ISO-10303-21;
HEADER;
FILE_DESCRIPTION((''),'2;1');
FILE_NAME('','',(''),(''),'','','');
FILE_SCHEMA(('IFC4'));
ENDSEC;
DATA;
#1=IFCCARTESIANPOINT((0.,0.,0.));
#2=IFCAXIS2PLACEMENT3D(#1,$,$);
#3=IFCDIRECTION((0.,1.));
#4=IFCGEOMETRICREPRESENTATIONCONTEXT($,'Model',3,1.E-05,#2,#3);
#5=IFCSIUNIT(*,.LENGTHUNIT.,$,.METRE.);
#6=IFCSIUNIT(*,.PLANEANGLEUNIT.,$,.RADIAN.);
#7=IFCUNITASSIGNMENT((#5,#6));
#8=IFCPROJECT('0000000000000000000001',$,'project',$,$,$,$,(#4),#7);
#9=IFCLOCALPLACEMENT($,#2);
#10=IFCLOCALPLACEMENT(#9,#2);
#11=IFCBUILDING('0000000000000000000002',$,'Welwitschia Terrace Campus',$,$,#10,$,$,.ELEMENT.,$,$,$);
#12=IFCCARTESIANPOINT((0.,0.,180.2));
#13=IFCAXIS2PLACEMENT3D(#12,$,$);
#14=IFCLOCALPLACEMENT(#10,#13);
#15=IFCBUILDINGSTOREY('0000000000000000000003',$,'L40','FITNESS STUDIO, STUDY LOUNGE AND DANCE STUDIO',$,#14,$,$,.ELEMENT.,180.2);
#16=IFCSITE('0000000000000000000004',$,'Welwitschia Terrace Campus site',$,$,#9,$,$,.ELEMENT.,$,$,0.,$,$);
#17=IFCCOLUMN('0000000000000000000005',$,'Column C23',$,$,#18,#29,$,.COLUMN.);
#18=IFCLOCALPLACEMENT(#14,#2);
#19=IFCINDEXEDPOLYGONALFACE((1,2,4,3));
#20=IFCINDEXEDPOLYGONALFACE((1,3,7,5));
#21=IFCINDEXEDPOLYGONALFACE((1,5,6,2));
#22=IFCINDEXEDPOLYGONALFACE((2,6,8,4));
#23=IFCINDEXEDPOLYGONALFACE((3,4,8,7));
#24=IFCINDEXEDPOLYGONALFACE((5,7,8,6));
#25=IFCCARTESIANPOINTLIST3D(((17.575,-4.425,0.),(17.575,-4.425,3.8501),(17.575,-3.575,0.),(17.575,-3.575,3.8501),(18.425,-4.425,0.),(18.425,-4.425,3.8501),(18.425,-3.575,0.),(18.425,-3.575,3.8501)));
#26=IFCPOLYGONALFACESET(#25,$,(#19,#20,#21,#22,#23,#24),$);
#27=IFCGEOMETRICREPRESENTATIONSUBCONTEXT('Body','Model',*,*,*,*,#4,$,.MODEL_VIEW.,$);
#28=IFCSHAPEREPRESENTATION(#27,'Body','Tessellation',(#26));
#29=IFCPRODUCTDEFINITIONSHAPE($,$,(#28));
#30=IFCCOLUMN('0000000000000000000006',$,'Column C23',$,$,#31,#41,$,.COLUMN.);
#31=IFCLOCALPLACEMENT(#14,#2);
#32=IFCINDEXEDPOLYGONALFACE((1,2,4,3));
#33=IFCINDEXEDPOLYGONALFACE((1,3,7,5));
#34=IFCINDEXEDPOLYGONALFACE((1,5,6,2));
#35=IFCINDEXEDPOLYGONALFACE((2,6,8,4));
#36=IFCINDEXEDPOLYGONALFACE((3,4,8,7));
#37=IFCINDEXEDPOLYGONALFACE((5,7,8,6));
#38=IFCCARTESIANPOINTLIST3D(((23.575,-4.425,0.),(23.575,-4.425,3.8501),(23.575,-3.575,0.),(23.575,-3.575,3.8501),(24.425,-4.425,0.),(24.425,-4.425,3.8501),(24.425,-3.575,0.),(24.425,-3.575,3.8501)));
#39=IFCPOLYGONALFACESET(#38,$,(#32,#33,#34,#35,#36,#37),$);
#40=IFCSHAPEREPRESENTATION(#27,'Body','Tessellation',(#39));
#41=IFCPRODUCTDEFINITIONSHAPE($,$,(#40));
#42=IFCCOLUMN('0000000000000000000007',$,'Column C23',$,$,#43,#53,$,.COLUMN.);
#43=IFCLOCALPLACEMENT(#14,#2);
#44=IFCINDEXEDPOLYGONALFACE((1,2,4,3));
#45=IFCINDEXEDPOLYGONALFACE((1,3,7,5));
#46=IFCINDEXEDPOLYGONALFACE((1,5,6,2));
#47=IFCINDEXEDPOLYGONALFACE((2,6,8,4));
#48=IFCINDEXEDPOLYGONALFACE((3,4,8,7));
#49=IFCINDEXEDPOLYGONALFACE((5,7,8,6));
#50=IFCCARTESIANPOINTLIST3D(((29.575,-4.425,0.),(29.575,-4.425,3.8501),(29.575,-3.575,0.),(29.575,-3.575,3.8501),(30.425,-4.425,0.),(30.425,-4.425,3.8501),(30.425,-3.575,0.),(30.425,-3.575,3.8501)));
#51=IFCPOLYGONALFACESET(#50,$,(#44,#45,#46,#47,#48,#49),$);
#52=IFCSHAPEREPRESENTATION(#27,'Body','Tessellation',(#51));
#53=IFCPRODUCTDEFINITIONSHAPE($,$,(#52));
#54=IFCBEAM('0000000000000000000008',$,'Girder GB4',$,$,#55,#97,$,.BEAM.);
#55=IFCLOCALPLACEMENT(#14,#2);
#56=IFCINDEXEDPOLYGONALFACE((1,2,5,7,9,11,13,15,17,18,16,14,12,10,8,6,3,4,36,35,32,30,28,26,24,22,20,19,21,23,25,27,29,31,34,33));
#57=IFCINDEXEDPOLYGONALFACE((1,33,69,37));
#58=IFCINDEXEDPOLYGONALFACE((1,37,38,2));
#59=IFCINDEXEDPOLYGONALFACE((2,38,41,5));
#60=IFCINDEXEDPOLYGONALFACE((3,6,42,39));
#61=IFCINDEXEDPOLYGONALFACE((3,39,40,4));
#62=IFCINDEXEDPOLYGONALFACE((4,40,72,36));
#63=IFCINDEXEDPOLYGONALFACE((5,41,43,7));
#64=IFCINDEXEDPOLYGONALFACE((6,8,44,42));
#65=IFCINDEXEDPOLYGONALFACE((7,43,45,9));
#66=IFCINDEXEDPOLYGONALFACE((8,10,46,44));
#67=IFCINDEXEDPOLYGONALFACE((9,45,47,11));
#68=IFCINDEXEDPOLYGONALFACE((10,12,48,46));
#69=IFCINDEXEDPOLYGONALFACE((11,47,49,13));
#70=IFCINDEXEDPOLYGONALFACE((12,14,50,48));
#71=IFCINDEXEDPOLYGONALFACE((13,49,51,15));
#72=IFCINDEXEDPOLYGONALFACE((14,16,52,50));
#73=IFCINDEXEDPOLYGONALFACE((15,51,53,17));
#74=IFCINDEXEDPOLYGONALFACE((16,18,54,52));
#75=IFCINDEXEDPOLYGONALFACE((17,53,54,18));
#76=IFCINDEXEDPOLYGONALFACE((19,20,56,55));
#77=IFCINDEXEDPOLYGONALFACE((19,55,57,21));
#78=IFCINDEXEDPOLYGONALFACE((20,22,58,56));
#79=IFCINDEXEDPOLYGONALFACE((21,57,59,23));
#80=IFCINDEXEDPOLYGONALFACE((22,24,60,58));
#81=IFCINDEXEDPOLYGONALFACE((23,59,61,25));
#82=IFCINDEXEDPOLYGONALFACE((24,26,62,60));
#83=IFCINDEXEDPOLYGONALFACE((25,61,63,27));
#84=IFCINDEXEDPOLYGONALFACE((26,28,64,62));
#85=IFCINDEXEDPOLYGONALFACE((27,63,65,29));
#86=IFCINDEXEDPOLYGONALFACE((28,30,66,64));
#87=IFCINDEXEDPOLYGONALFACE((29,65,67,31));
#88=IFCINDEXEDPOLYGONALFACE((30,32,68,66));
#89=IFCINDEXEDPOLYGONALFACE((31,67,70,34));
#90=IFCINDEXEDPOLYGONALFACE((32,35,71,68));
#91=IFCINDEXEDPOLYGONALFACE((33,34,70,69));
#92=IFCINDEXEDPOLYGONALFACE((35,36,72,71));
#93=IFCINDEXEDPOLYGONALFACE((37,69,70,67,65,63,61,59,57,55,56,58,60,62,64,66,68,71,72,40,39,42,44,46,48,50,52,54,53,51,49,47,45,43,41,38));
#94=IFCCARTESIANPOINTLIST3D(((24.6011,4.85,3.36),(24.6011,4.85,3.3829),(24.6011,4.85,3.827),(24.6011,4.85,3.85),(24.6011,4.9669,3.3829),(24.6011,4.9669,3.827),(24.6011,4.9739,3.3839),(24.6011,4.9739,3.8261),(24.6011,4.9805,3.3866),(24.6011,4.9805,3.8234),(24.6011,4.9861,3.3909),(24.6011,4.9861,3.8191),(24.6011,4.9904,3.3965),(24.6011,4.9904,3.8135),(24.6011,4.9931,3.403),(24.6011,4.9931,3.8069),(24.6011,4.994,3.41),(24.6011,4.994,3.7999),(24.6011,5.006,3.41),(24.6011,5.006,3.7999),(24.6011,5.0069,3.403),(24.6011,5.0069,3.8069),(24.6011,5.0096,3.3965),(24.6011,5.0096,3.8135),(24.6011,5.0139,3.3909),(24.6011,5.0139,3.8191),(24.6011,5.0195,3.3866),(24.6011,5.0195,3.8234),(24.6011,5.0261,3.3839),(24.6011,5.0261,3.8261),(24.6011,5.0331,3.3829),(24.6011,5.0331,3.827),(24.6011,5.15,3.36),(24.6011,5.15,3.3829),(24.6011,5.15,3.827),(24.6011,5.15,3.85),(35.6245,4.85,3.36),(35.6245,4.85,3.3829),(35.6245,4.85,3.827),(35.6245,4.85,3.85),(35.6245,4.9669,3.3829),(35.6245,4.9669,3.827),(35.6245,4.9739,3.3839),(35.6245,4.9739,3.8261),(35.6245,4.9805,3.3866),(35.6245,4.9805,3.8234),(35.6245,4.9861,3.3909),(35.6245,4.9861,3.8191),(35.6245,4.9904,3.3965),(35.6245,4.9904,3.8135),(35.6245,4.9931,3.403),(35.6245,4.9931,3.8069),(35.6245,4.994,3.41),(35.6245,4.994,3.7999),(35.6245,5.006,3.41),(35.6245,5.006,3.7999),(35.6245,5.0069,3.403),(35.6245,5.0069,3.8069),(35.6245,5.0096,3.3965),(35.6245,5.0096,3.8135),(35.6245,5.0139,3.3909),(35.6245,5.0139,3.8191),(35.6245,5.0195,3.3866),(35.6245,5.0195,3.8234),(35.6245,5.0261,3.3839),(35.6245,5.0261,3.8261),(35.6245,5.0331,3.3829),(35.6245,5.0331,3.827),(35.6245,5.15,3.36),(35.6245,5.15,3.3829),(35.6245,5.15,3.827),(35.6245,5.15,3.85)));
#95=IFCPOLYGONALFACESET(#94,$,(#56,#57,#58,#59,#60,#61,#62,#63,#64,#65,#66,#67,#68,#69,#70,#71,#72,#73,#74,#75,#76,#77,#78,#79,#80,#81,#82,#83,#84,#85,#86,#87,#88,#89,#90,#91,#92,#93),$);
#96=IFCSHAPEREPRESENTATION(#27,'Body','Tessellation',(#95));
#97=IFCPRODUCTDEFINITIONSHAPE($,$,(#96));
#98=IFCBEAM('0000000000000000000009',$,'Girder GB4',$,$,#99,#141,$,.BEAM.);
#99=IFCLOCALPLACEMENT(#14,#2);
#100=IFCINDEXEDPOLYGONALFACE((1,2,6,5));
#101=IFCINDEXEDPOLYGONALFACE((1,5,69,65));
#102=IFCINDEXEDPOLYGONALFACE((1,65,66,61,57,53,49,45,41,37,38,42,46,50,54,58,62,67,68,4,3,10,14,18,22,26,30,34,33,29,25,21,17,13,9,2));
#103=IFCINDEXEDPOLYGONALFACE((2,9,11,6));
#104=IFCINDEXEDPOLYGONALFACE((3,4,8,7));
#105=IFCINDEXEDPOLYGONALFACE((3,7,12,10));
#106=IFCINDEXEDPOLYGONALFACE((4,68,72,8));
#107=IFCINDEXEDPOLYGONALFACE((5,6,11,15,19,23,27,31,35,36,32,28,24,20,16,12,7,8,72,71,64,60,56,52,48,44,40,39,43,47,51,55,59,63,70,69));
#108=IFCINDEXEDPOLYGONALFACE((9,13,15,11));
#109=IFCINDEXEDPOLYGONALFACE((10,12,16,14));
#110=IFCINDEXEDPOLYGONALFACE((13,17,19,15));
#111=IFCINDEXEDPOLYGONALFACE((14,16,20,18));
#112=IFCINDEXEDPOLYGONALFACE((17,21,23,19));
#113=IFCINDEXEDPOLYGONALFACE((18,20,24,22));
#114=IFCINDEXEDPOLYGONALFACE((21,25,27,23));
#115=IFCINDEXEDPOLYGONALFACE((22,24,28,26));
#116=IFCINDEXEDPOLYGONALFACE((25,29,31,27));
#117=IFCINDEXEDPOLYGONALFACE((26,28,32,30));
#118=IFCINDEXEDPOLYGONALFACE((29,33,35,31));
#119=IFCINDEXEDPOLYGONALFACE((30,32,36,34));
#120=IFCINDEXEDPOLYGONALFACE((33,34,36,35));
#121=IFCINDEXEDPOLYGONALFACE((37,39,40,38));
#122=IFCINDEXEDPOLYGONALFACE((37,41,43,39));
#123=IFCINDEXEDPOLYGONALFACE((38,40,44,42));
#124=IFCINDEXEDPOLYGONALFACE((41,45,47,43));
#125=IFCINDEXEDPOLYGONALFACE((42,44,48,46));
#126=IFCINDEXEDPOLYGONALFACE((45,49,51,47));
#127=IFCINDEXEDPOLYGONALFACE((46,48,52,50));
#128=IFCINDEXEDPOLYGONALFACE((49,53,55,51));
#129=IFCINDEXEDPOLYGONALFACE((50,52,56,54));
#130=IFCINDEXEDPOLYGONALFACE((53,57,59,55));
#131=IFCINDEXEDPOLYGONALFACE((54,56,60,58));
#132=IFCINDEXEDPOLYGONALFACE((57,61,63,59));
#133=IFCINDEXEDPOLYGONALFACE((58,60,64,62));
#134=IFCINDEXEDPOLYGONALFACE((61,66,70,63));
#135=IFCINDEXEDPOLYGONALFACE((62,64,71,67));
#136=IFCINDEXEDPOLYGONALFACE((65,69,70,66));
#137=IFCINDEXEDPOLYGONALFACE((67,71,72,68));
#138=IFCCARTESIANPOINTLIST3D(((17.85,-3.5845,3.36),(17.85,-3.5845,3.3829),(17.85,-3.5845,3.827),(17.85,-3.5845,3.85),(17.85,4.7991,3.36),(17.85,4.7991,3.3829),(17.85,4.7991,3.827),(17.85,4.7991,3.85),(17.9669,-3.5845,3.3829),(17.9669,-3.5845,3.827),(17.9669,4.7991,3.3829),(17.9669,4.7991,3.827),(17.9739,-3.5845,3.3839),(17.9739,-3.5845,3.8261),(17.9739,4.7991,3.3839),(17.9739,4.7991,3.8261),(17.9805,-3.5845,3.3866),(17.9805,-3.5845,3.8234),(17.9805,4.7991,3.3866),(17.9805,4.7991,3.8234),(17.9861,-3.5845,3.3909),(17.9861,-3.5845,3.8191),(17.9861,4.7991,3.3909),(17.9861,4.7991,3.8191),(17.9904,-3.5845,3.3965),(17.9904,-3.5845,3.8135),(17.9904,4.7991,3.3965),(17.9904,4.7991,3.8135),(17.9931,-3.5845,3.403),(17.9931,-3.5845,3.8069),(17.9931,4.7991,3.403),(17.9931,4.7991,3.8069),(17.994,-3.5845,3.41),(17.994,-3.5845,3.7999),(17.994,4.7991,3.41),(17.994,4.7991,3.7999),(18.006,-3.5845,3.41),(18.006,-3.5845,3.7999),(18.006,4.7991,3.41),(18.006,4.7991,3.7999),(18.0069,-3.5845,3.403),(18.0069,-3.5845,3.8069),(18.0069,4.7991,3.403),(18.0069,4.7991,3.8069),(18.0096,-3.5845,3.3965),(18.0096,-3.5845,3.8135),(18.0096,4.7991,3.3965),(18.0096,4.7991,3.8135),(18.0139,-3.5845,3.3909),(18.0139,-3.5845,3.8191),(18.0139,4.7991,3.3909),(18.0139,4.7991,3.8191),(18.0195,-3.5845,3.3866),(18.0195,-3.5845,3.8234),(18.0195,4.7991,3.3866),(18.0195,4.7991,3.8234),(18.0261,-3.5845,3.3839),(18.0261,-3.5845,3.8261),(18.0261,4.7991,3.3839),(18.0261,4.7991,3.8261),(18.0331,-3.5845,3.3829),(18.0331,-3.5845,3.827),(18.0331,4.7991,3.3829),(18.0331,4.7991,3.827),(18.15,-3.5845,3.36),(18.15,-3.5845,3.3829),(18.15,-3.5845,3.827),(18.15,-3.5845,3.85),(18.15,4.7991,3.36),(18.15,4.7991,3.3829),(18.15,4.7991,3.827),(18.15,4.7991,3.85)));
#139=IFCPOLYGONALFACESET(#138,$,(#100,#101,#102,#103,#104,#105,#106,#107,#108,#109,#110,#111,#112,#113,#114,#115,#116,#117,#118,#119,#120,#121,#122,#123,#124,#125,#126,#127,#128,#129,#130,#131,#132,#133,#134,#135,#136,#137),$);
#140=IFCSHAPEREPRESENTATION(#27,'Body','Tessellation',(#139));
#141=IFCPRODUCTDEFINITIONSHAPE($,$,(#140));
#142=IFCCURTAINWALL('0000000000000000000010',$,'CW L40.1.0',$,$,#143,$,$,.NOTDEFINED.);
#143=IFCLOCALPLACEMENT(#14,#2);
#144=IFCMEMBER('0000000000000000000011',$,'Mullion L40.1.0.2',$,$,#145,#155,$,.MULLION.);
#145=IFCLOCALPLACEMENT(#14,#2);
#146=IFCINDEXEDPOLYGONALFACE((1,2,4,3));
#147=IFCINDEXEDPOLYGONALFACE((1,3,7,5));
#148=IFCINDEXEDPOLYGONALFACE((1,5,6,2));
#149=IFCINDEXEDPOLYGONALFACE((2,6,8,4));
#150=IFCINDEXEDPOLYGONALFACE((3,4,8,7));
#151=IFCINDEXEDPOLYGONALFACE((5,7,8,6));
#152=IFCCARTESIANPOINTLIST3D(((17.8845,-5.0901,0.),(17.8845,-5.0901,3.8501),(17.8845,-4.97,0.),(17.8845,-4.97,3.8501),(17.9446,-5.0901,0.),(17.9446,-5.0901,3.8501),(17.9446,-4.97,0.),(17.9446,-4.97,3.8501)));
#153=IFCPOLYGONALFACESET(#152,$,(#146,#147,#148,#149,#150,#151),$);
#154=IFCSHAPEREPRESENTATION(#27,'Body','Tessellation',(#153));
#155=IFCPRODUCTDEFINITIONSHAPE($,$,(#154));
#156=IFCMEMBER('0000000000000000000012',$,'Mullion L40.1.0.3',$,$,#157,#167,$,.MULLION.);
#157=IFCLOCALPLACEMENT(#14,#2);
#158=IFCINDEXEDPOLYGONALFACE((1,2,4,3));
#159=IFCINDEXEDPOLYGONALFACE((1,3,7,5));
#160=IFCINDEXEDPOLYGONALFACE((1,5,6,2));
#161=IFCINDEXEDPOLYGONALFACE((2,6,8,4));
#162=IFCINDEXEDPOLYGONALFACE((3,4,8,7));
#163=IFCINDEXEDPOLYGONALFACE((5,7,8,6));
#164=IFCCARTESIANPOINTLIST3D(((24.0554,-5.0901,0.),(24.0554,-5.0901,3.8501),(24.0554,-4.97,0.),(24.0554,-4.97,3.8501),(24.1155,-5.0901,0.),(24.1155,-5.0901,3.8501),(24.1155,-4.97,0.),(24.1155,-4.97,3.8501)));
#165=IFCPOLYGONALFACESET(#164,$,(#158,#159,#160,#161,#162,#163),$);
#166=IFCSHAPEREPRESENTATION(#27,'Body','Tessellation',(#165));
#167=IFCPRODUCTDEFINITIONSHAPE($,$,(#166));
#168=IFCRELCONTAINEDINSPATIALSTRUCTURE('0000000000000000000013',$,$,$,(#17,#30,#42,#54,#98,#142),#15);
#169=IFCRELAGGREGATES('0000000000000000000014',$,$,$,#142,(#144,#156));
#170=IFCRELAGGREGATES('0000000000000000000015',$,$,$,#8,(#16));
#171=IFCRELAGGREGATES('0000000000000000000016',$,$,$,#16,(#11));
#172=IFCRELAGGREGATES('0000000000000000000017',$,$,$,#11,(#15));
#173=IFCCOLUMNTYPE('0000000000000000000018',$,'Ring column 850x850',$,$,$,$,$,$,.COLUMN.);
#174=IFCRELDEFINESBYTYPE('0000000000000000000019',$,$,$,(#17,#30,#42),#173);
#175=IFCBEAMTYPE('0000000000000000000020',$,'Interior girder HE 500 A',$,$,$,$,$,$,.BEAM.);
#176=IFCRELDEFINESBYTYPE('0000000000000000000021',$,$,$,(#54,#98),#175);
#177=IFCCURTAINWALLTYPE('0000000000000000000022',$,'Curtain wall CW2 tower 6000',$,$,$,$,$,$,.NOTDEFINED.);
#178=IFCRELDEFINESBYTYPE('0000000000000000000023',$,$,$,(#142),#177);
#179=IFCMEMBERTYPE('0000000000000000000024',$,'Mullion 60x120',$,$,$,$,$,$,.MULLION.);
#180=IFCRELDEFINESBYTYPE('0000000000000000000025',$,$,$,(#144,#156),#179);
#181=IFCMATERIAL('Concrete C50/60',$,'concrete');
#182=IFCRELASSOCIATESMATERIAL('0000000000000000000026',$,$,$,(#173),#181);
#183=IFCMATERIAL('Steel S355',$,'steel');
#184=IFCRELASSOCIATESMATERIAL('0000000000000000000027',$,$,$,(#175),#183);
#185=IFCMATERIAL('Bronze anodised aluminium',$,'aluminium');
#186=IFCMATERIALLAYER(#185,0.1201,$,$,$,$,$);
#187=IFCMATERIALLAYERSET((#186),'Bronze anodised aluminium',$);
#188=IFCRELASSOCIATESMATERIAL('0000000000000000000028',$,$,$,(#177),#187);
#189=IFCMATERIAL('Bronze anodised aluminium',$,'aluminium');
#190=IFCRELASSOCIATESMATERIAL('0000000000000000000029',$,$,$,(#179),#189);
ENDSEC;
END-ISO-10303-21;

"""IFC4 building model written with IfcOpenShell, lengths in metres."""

from ifc_helpers import new_model, si_unit, direction, frame, origin, origin_2d, place, context, subcontext, project, spatial, rectangle, i_section, extrude, material, layer, layer_set, material_profile, profile_set, type_object, element, aggregate, save


model = new_model("IFC4")

# Units and contexts
model_context = context("Model", 3, precision=1e-05, world=origin(), true_north=direction((0.0, 1.0)))
body_context = subcontext(model_context, "Body", "Model", "MODEL_VIEW")
ifc_project = project(units=[si_unit("LENGTHUNIT", "METRE"), si_unit("PLANEANGLEUNIT", "RADIAN")], contexts=[model_context])

# Site, building, storey
site_placement = place(None, origin())
site = spatial("IfcSite", under=ifc_project, at=site_placement, Name="Welwitschia Terrace Campus site", CompositionType="ELEMENT", RefElevation=0.0)
building_placement = place(site_placement, origin())
building = spatial("IfcBuilding", under=site, at=building_placement, Name="Welwitschia Terrace Campus", CompositionType="ELEMENT")
storey_placement = place(building_placement, frame((0.0, 0.0, 180.2)))
storey = spatial("IfcBuildingStorey", under=building, at=storey_placement, Name="L40", Description="FITNESS STUDIO, STUDY LOUNGE AND DANCE STUDIO", CompositionType="ELEMENT", Elevation=180.2)

# Columns
ifc_material_1 = material(Name="Concrete C50/60", Category="concrete")
ifc_material_profile_1 = material_profile(ifc_material_1, rectangle(XDim=0.8501, YDim=0.8501, at=origin_2d()))
ifc_profile_set_1 = profile_set([ifc_material_profile_1], Name="Concrete C50/60")
column_type = type_object("IfcColumnType", Name="Ring column 850x850", PredefinedType="COLUMN", material=ifc_profile_set_1)
for number, where, z_axis, x_axis, name in (
    (1, (18.0, -4.0, 0.0), (0.0, 0.0, 1.0), (1.0, 0.0, 0.0), "Column C23"),
    (2, (24.0, -4.0, 0.0), (0.0, 0.0, 1.0), (1.0, 0.0, 0.0), "Column C23"),
    (3, (30.0, -4.0, 0.0), (0.0, 0.0, 1.0), (1.0, 0.0, 0.0), "Column C23"),
):
    element("IfcColumn", number, at=place(storey_placement, frame(where, z_axis=z_axis, x_axis=x_axis)), inside=storey, type_object=column_type, Name=name, PredefinedType="COLUMN", context=body_context, shape_type="SweptSolid", body=[
        extrude(rectangle(XDim=0.8501, YDim=0.8501, at=origin_2d()), origin(), (0.0, 0.0, 1.0), 3.8501),
    ])

# Beams
ifc_material_2 = material(Name="Steel S355", Category="steel")
ifc_material_profile_2 = material_profile(ifc_material_2, i_section(OverallWidth=0.3, OverallDepth=0.49, WebThickness=0.012, FlangeThickness=0.0229, FilletRadius=0.0271, at=origin_2d()))
ifc_profile_set_2 = profile_set([ifc_material_profile_2], Name="Steel S355")
beam_type_1 = type_object("IfcBeamType", Name="Interior girder HE 500 A", PredefinedType="BEAM", material=ifc_profile_set_2)
beam_1_placement = place(storey_placement, frame((24.6011, 5.0, 3.605), z_axis=(1.0, 0.0, 0.0), x_axis=(0.0, 1.0, 0.0)))
element("IfcBeam", 4, at=beam_1_placement, inside=storey, type_object=beam_type_1, Name="Girder GB4", PredefinedType="BEAM", context=body_context, shape_type="SweptSolid", body=[
    extrude(i_section(OverallWidth=0.3, OverallDepth=0.49, WebThickness=0.012, FlangeThickness=0.0229, FilletRadius=0.0271, at=origin_2d()), origin(), (0.0, 0.0, 1.0), 11.0234),
])
beam_2_placement = place(storey_placement, frame((18.0, -3.5845, 3.605), z_axis=(0.0, 1.0, 0.0), x_axis=(-1.0, 0.0, 0.0)))
element("IfcBeam", 5, at=beam_2_placement, inside=storey, type_object=beam_type_1, Name="Girder GB4", PredefinedType="BEAM", context=body_context, shape_type="SweptSolid", body=[
    extrude(i_section(OverallWidth=0.3, OverallDepth=0.49, WebThickness=0.012, FlangeThickness=0.0229, FilletRadius=0.0271, at=origin_2d()), origin(), (0.0, 0.0, 1.0), 8.3835),
])

# Curtain wall, members
ifc_material_3 = material(Name="Bronze anodised aluminium", Category="aluminium")
ifc_layer_1 = layer(ifc_material_3, 0.1201)
ifc_layer_set_1 = layer_set([ifc_layer_1], Name="Bronze anodised aluminium")
curtain_wall_type = type_object("IfcCurtainWallType", Name="Curtain wall CW2 tower 6000", PredefinedType="NOTDEFINED", material=ifc_layer_set_1)
curtain_wall_placement = place(storey_placement, origin())
curtain_wall = element("IfcCurtainWall", 6, at=curtain_wall_placement, inside=storey, type_object=curtain_wall_type, Name="CW L40.1.0", PredefinedType="NOTDEFINED")
ifc_material_4 = material(Name="Bronze anodised aluminium", Category="aluminium")
ifc_material_profile_3 = material_profile(ifc_material_4, rectangle(XDim=0.1201, YDim=0.0601, at=origin_2d()))
ifc_profile_set_3 = profile_set([ifc_material_profile_3], Name="Bronze anodised aluminium")
member_type = type_object("IfcMemberType", Name="Mullion 60x120", PredefinedType="MULLION", material=ifc_profile_set_3)
member_1_placement = place(storey_placement, frame((17.9146, -5.03, 0.0), z_axis=(0.0, 0.0, 1.0), x_axis=(0.0, 1.0, 0.0)))
member_1 = element("IfcMember", 7, at=member_1_placement, type_object=member_type, Name="Mullion L40.1.0.2", PredefinedType="MULLION", context=body_context, shape_type="SweptSolid", body=[
    extrude(rectangle(XDim=0.1201, YDim=0.0601, at=origin_2d()), origin(), (0.0, 0.0, 1.0), 3.8501),
])
member_2_placement = place(storey_placement, frame((24.0854, -5.03, 0.0), z_axis=(0.0, 0.0, 1.0), x_axis=(0.0, 1.0, 0.0)))
member_2 = element("IfcMember", 8, at=member_2_placement, type_object=member_type, Name="Mullion L40.1.0.3", PredefinedType="MULLION", context=body_context, shape_type="SweptSolid", body=[
    extrude(rectangle(XDim=0.1201, YDim=0.0601, at=origin_2d()), origin(), (0.0, 0.0, 1.0), 3.8501),
])

aggregate(curtain_wall, [member_1, member_2])

save(model, "model.ifc")
